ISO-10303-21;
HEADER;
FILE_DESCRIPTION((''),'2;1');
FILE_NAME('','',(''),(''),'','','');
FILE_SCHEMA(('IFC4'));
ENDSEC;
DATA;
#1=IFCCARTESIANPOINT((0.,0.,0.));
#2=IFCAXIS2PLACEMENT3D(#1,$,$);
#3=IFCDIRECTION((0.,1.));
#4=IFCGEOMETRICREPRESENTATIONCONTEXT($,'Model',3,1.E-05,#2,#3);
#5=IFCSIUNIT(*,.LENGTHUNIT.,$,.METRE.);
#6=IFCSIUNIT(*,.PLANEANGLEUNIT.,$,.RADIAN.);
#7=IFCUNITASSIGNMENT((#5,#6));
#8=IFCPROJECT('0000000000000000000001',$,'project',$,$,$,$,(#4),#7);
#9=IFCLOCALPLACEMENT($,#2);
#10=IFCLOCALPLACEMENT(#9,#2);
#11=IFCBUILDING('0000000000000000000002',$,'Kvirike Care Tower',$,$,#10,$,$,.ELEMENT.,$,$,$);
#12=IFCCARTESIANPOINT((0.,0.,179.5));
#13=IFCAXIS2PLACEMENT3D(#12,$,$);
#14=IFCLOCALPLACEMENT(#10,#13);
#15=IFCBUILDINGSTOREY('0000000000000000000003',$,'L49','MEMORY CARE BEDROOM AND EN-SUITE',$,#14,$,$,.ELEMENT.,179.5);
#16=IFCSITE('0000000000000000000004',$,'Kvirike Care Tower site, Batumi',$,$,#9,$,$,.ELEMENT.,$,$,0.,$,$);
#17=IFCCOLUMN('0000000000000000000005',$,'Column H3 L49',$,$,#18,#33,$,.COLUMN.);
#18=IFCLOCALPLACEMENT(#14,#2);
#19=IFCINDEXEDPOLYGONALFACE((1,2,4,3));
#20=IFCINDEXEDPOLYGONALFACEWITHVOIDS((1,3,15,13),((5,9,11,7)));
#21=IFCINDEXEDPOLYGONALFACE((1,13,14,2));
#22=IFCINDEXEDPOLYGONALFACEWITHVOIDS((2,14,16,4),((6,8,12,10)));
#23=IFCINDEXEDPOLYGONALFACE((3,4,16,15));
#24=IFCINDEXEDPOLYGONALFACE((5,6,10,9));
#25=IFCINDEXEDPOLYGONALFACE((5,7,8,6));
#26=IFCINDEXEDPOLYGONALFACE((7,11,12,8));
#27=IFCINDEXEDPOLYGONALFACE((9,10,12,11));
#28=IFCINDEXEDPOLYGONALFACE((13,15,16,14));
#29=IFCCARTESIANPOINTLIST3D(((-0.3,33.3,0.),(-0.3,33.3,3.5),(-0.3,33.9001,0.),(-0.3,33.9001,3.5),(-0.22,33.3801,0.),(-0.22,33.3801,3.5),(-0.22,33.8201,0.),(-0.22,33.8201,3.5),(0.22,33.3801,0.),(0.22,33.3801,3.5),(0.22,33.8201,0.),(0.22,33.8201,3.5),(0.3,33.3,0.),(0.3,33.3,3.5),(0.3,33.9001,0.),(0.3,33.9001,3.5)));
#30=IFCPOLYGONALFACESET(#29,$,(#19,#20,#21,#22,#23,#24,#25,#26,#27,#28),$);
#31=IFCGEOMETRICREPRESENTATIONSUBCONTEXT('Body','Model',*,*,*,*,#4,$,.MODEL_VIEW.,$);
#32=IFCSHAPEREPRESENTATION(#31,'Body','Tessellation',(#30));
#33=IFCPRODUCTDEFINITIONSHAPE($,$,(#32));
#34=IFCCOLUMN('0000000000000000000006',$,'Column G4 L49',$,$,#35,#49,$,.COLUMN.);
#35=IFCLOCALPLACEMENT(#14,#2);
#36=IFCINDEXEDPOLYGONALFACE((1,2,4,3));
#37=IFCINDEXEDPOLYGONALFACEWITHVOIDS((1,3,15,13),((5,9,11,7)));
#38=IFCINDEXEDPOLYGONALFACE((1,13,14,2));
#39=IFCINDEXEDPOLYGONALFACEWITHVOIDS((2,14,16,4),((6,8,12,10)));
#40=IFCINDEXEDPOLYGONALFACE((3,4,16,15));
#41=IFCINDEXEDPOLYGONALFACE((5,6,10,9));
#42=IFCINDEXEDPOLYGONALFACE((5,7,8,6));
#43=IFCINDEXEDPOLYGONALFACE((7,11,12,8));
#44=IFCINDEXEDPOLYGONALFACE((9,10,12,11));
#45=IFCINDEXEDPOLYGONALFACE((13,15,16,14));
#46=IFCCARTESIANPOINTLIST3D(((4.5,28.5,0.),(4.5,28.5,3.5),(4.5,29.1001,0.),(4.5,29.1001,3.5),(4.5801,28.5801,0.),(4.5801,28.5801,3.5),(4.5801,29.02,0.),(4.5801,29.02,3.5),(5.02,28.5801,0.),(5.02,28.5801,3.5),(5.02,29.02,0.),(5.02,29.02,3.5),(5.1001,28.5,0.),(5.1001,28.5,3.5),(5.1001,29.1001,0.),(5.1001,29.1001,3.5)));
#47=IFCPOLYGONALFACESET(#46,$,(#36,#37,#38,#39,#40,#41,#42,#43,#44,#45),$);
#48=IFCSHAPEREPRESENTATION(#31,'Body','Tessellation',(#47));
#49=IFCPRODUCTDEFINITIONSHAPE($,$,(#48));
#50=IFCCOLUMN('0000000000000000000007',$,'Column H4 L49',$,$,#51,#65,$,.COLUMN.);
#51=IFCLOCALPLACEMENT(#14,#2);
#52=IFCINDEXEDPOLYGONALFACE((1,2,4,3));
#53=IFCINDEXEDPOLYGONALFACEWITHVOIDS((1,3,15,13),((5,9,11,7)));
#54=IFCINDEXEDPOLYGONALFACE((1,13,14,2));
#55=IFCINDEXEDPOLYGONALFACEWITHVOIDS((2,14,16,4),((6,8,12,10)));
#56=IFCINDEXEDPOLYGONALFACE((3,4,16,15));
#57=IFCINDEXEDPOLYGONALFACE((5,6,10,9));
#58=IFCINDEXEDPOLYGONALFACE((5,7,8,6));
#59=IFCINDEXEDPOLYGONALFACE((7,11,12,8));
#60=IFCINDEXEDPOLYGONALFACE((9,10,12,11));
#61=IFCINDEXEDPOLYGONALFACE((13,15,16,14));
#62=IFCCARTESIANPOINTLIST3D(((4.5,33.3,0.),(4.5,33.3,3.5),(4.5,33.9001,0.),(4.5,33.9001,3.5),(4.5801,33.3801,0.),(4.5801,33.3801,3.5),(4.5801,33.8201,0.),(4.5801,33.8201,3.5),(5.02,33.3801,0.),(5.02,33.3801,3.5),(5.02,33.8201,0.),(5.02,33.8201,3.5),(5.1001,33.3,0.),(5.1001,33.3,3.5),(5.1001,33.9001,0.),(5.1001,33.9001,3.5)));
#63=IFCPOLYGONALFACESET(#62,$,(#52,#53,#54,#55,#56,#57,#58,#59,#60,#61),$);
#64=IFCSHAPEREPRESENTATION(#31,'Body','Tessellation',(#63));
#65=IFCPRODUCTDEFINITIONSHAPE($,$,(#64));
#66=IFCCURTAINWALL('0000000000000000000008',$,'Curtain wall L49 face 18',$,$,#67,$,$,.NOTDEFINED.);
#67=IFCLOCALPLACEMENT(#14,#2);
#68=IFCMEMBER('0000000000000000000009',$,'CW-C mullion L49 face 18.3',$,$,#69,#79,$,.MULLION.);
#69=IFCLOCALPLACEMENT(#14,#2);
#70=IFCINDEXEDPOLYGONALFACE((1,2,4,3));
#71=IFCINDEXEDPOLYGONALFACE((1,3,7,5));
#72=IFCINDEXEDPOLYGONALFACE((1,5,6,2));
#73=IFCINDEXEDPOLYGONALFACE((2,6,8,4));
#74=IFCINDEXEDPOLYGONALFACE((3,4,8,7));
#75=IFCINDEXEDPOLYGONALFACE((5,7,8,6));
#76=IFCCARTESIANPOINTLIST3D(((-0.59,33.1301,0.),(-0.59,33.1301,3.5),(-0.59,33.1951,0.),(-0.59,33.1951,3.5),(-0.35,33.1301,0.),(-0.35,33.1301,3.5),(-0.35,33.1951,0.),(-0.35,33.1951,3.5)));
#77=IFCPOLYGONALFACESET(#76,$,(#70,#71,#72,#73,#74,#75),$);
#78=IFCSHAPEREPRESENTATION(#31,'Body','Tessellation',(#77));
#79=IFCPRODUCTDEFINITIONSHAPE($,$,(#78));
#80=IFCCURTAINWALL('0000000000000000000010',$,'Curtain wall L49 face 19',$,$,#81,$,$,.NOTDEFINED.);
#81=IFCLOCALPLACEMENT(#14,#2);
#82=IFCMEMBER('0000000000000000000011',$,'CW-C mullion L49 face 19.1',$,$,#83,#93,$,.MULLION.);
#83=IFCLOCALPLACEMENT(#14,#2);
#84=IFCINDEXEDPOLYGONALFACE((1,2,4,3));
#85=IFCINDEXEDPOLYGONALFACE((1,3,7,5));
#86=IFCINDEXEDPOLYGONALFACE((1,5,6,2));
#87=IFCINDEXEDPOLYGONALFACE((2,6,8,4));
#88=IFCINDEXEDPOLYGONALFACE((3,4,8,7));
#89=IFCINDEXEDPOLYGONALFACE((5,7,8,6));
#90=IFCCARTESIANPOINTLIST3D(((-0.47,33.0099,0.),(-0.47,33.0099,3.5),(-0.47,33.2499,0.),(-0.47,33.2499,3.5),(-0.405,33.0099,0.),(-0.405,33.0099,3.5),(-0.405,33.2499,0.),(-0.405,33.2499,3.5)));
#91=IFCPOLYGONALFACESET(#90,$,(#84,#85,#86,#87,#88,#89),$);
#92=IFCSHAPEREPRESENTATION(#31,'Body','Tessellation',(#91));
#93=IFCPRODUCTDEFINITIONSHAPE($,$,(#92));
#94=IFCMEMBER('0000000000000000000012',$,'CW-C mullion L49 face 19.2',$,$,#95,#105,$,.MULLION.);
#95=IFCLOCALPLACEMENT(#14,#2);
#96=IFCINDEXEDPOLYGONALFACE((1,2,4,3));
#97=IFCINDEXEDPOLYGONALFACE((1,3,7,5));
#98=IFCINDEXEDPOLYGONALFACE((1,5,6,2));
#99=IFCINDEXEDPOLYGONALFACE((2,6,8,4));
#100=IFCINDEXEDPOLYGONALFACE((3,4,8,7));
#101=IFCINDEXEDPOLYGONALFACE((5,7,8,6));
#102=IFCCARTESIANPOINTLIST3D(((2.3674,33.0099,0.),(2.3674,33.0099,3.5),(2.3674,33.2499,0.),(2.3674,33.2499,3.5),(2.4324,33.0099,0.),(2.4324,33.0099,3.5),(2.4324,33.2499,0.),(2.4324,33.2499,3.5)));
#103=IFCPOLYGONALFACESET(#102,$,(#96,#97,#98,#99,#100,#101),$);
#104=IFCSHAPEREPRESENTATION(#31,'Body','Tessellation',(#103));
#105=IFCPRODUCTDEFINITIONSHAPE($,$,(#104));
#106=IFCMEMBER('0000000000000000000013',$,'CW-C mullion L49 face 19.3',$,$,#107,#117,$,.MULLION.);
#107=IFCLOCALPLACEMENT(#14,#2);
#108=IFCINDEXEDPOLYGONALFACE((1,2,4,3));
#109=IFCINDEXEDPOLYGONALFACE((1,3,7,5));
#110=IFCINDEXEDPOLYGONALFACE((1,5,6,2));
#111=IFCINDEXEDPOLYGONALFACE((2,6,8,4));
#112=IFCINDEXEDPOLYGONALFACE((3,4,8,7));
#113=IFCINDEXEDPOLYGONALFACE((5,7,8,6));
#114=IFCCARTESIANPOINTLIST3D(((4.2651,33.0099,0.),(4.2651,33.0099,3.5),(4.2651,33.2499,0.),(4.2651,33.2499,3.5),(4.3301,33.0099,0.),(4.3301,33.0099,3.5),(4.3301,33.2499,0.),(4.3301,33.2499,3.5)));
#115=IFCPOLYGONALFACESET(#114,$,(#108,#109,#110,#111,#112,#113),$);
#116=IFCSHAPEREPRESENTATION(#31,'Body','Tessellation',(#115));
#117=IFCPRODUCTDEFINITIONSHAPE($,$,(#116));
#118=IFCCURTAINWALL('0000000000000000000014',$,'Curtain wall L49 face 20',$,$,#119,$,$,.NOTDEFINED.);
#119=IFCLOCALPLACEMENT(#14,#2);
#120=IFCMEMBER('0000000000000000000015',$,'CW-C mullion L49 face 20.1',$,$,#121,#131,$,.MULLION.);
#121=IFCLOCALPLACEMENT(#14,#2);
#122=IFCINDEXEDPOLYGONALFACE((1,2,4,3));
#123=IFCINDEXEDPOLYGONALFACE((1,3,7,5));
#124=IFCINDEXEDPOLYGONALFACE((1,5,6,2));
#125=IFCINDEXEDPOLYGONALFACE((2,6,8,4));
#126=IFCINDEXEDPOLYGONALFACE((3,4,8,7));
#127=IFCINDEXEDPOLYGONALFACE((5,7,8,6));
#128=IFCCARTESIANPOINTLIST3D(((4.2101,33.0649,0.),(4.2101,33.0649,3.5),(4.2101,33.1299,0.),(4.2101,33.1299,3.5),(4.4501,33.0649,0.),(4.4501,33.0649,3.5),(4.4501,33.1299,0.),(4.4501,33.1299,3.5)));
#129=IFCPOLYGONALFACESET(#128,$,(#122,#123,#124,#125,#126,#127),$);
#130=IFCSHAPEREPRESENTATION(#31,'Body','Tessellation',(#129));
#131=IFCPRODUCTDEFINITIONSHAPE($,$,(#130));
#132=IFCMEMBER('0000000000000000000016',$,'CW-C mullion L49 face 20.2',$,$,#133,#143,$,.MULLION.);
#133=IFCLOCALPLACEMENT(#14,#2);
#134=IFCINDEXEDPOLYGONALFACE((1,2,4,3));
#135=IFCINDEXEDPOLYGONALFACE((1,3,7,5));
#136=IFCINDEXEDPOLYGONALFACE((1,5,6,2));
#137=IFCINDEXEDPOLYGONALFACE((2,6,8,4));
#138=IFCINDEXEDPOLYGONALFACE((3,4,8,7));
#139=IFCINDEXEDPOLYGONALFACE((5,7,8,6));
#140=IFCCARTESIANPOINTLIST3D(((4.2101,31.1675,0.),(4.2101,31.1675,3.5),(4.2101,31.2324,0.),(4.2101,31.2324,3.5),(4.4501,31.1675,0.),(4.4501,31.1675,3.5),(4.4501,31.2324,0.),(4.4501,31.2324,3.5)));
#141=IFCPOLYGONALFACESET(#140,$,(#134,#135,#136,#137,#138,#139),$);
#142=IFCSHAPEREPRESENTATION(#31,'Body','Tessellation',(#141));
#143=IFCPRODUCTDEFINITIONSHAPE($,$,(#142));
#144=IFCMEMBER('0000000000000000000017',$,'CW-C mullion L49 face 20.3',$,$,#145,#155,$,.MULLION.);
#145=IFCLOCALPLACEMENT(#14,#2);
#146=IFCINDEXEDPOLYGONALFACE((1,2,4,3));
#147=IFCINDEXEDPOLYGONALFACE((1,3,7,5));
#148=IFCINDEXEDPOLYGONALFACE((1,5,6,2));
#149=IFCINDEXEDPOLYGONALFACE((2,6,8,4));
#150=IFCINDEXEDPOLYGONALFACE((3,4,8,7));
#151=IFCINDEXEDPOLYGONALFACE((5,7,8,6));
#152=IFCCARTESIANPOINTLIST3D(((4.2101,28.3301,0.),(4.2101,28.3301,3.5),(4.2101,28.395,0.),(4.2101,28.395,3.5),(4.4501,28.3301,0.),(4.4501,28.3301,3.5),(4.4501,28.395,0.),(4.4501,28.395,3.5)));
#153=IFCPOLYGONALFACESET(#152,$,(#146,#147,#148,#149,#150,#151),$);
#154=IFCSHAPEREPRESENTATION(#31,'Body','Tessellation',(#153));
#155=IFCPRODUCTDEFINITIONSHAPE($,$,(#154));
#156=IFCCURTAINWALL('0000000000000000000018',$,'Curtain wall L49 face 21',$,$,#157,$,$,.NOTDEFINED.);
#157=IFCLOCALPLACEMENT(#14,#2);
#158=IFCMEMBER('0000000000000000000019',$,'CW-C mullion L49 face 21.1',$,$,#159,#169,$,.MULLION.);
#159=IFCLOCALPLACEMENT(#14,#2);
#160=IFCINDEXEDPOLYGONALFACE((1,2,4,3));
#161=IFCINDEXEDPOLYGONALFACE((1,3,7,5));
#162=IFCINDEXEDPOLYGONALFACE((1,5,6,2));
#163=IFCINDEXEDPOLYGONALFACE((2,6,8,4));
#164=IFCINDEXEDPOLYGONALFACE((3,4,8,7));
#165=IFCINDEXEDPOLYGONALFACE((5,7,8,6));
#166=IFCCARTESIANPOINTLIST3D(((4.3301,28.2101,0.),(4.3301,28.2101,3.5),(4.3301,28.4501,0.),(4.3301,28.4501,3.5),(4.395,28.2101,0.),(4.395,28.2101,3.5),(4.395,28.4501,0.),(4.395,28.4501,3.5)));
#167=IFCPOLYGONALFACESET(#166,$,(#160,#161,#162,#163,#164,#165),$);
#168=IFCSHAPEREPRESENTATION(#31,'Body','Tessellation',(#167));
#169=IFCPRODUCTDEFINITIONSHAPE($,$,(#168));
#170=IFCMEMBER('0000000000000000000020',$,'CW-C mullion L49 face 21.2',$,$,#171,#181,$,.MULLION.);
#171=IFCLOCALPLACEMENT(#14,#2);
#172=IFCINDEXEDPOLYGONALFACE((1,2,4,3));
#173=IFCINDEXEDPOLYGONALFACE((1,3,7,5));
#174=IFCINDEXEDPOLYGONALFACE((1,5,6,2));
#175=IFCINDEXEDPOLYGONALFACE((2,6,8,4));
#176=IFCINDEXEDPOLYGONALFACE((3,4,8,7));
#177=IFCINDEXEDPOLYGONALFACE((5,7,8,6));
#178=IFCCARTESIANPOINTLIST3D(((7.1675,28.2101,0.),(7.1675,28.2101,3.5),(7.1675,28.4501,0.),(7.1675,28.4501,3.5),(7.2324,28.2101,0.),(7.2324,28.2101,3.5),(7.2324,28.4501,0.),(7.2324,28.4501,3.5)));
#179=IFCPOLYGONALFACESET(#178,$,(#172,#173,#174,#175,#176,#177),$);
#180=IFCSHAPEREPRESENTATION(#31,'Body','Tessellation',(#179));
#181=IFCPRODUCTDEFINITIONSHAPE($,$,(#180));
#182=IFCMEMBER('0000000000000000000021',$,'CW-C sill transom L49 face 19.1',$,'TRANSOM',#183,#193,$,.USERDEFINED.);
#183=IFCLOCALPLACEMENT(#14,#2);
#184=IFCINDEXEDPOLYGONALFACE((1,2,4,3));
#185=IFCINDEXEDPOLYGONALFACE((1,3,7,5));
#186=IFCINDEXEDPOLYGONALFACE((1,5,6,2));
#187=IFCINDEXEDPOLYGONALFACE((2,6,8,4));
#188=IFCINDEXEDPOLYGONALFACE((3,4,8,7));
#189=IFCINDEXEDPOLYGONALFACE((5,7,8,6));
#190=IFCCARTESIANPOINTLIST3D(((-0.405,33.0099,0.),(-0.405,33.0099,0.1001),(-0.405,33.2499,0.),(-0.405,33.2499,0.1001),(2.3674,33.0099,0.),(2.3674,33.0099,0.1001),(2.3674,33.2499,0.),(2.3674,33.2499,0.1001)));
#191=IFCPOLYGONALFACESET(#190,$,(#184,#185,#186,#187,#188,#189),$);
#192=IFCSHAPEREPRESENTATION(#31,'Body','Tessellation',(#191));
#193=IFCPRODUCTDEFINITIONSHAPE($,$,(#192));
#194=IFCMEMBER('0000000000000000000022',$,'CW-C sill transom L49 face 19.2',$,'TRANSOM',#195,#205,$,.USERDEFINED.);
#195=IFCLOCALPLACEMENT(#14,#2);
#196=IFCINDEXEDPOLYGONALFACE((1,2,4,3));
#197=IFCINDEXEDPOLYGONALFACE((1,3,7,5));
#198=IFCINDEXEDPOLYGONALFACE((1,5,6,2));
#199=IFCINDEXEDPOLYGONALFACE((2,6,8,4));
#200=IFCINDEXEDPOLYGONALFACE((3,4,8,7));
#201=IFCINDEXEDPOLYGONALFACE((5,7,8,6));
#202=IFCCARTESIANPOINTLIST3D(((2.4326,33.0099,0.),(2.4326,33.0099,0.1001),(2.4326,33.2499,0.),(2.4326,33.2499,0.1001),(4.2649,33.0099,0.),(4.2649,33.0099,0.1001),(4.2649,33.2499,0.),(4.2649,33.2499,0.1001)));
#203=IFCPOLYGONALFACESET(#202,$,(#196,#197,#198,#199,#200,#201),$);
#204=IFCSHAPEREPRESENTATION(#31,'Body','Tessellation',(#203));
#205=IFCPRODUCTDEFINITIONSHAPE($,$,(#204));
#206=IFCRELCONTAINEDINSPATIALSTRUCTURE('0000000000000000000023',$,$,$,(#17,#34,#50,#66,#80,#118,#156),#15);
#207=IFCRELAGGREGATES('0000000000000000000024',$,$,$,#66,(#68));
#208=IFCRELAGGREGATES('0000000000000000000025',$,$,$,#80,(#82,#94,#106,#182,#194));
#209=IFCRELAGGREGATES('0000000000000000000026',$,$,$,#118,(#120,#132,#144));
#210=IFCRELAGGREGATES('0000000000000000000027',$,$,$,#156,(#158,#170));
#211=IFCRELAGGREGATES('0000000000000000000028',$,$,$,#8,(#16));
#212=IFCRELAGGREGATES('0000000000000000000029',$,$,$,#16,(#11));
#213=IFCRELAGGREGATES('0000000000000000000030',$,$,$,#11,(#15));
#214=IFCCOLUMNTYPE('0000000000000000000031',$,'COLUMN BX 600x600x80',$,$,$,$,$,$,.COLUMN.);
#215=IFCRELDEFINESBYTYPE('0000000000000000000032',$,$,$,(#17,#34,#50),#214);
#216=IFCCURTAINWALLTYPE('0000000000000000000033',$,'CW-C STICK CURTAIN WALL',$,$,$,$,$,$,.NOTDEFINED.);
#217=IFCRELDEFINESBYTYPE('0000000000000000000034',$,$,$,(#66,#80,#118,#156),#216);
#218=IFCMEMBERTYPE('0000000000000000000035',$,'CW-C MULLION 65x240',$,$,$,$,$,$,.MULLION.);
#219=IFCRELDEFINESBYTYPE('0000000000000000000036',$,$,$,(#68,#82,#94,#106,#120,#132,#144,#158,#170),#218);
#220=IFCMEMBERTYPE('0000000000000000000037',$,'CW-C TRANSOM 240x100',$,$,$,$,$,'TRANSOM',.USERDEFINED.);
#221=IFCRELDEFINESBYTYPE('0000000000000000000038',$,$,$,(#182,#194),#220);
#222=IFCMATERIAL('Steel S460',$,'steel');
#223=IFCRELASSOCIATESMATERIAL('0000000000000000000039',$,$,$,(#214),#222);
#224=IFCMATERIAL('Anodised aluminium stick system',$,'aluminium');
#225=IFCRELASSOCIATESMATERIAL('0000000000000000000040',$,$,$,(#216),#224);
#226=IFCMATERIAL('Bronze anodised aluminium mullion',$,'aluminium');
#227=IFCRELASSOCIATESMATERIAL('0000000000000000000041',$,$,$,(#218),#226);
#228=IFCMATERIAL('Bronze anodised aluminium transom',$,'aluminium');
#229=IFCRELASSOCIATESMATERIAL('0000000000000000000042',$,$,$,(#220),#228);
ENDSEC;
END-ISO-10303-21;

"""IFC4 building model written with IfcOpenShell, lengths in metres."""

from ifc_helpers import new_model, si_unit, direction, frame, origin, origin_2d, place, context, subcontext, project, spatial, rectangle, hollow_rectangle, extrude, material, material_profile, profile_set, type_object, element, aggregate, save


model = new_model("IFC4")

# Units and contexts
model_context = context("Model", 3, precision=1e-05, world=origin(), true_north=direction((0.0, 1.0)))
body_context = subcontext(model_context, "Body", "Model", "MODEL_VIEW")
ifc_project = project(units=[si_unit("LENGTHUNIT", "METRE"), si_unit("PLANEANGLEUNIT", "RADIAN")], contexts=[model_context])

# Site, building, storey
site_placement = place(None, origin())
site = spatial("IfcSite", under=ifc_project, at=site_placement, Name="Kvirike Care Tower site, Batumi", CompositionType="ELEMENT", RefElevation=0.0)
building_placement = place(site_placement, origin())
building = spatial("IfcBuilding", under=site, at=building_placement, Name="Kvirike Care Tower", CompositionType="ELEMENT")
storey_placement = place(building_placement, frame((0.0, 0.0, 179.5)))
storey = spatial("IfcBuildingStorey", under=building, at=storey_placement, Name="L49", Description="MEMORY CARE BEDROOM AND EN-SUITE", CompositionType="ELEMENT", Elevation=179.5)

# Columns
ifc_material_1 = material(Name="Steel S460", Category="steel")
ifc_material_profile_1 = material_profile(ifc_material_1, hollow_rectangle(XDim=0.6001, YDim=0.6001, WallThickness=0.0801, at=origin_2d()), Name="BX 600x600x80")
ifc_profile_set_1 = profile_set([ifc_material_profile_1], Name="Steel S460")
column_type = type_object("IfcColumnType", Name="COLUMN BX 600x600x80", PredefinedType="COLUMN", material=ifc_profile_set_1)
for number, where, z_axis, x_axis, name in (
    (1, (0.0, 33.6001, 0.0), (0.0, 0.0, 1.0), (0.0, 1.0, 0.0), "Column H3 L49"),
    (2, (4.8, 28.8, 0.0), (0.0, 0.0, 1.0), (0.0, 1.0, 0.0), "Column G4 L49"),
    (3, (4.8, 33.6001, 0.0), (0.0, 0.0, 1.0), (0.0, 1.0, 0.0), "Column H4 L49"),
):
    element("IfcColumn", number, at=place(storey_placement, frame(where, z_axis=z_axis, x_axis=x_axis)), inside=storey, type_object=column_type, Name=name, PredefinedType="COLUMN", context=body_context, shape_type="SweptSolid", body=[
        extrude(hollow_rectangle(XDim=0.6001, YDim=0.6001, WallThickness=0.0801, at=origin_2d()), origin(), (0.0, 0.0, 1.0), 3.5),
    ])

# Curtain wall, member
ifc_material_2 = material(Name="Anodised aluminium stick system", Category="aluminium")
curtain_wall_type = type_object("IfcCurtainWallType", Name="CW-C STICK CURTAIN WALL", PredefinedType="NOTDEFINED", material=ifc_material_2)
curtain_wall_1_placement = place(storey_placement, origin())
curtain_wall_1 = element("IfcCurtainWall", 4, at=curtain_wall_1_placement, inside=storey, type_object=curtain_wall_type, Name="Curtain wall L49 face 18", PredefinedType="NOTDEFINED")
ifc_material_3 = material(Name="Bronze anodised aluminium mullion", Category="aluminium")
ifc_material_profile_2 = material_profile(ifc_material_3, rectangle(XDim=0.0649, YDim=0.24, at=origin_2d()), Name="CW-C MULLION 65x240")
ifc_profile_set_2 = profile_set([ifc_material_profile_2], Name="Bronze anodised aluminium mullion")
member_type_1 = type_object("IfcMemberType", Name="CW-C MULLION 65x240", PredefinedType="MULLION", material=ifc_profile_set_2)
member_1_placement = place(storey_placement, frame((-0.47, 33.1626, 0.0), z_axis=(0.0, 0.0, 1.0), x_axis=(0.0, -1.0, 0.0)))
member_1 = element("IfcMember", 5, at=member_1_placement, type_object=member_type_1, Name="CW-C mullion L49 face 18.3", PredefinedType="MULLION", context=body_context, shape_type="SweptSolid", body=[
    extrude(rectangle(XDim=0.0649, YDim=0.24, at=origin_2d()), origin(), (0.0, 0.0, 1.0), 3.5),
])
aggregate(curtain_wall_1, [member_1])

# Curtain walls, members
curtain_wall_2_placement = place(storey_placement, origin())
curtain_wall_2 = element("IfcCurtainWall", 6, at=curtain_wall_2_placement, inside=storey, type_object=curtain_wall_type, Name="Curtain wall L49 face 19", PredefinedType="NOTDEFINED")
member_2_placement = place(storey_placement, frame((-0.4375, 33.1299, 0.0), z_axis=(0.0, 0.0, 1.0), x_axis=(1.0, 0.0, 0.0)))
member_2 = element("IfcMember", 7, at=member_2_placement, type_object=member_type_1, Name="CW-C mullion L49 face 19.1", PredefinedType="MULLION", context=body_context, shape_type="SweptSolid", body=[
    extrude(rectangle(XDim=0.0649, YDim=0.24, at=origin_2d()), origin(), (0.0, 0.0, 1.0), 3.5),
])
member_3_placement = place(storey_placement, frame((2.3999, 33.1299, 0.0), z_axis=(0.0, 0.0, 1.0), x_axis=(1.0, 0.0, 0.0)))
member_3 = element("IfcMember", 8, at=member_3_placement, type_object=member_type_1, Name="CW-C mullion L49 face 19.2", PredefinedType="MULLION", context=body_context, shape_type="SweptSolid", body=[
    extrude(rectangle(XDim=0.0649, YDim=0.24, at=origin_2d()), origin(), (0.0, 0.0, 1.0), 3.5),
])
member_4_placement = place(storey_placement, frame((4.2976, 33.1299, 0.0), z_axis=(0.0, 0.0, 1.0), x_axis=(1.0, 0.0, 0.0)))
member_4 = element("IfcMember", 9, at=member_4_placement, type_object=member_type_1, Name="CW-C mullion L49 face 19.3", PredefinedType="MULLION", context=body_context, shape_type="SweptSolid", body=[
    extrude(rectangle(XDim=0.0649, YDim=0.24, at=origin_2d()), origin(), (0.0, 0.0, 1.0), 3.5),
])
curtain_wall_3_placement = place(storey_placement, origin())
curtain_wall_3 = element("IfcCurtainWall", 10, at=curtain_wall_3_placement, inside=storey, type_object=curtain_wall_type, Name="Curtain wall L49 face 20", PredefinedType="NOTDEFINED")
member_5_placement = place(storey_placement, frame((4.3301, 33.0974, 0.0), z_axis=(0.0, 0.0, 1.0), x_axis=(0.0, -1.0, 0.0)))
member_5 = element("IfcMember", 11, at=member_5_placement, type_object=member_type_1, Name="CW-C mullion L49 face 20.1", PredefinedType="MULLION", context=body_context, shape_type="SweptSolid", body=[
    extrude(rectangle(XDim=0.0649, YDim=0.24, at=origin_2d()), origin(), (0.0, 0.0, 1.0), 3.5),
])
member_6_placement = place(storey_placement, frame((4.3301, 31.2, 0.0), z_axis=(0.0, 0.0, 1.0), x_axis=(0.0, -1.0, 0.0)))
member_6 = element("IfcMember", 12, at=member_6_placement, type_object=member_type_1, Name="CW-C mullion L49 face 20.2", PredefinedType="MULLION", context=body_context, shape_type="SweptSolid", body=[
    extrude(rectangle(XDim=0.0649, YDim=0.24, at=origin_2d()), origin(), (0.0, 0.0, 1.0), 3.5),
])
member_7_placement = place(storey_placement, frame((4.3301, 28.3625, 0.0), z_axis=(0.0, 0.0, 1.0), x_axis=(0.0, -1.0, 0.0)))
member_7 = element("IfcMember", 13, at=member_7_placement, type_object=member_type_1, Name="CW-C mullion L49 face 20.3", PredefinedType="MULLION", context=body_context, shape_type="SweptSolid", body=[
    extrude(rectangle(XDim=0.0649, YDim=0.24, at=origin_2d()), origin(), (0.0, 0.0, 1.0), 3.5),
])
curtain_wall_4_placement = place(storey_placement, origin())
curtain_wall_4 = element("IfcCurtainWall", 14, at=curtain_wall_4_placement, inside=storey, type_object=curtain_wall_type, Name="Curtain wall L49 face 21", PredefinedType="NOTDEFINED")
member_8_placement = place(storey_placement, frame((4.3625, 28.3301, 0.0), z_axis=(0.0, 0.0, 1.0), x_axis=(1.0, 0.0, 0.0)))
member_8 = element("IfcMember", 15, at=member_8_placement, type_object=member_type_1, Name="CW-C mullion L49 face 21.1", PredefinedType="MULLION", context=body_context, shape_type="SweptSolid", body=[
    extrude(rectangle(XDim=0.0649, YDim=0.24, at=origin_2d()), origin(), (0.0, 0.0, 1.0), 3.5),
])
member_9_placement = place(storey_placement, frame((7.2, 28.3301, 0.0), z_axis=(0.0, 0.0, 1.0), x_axis=(1.0, 0.0, 0.0)))
member_9 = element("IfcMember", 16, at=member_9_placement, type_object=member_type_1, Name="CW-C mullion L49 face 21.2", PredefinedType="MULLION", context=body_context, shape_type="SweptSolid", body=[
    extrude(rectangle(XDim=0.0649, YDim=0.24, at=origin_2d()), origin(), (0.0, 0.0, 1.0), 3.5),
])

# Members
ifc_material_4 = material(Name="Bronze anodised aluminium transom", Category="aluminium")
ifc_material_profile_3 = material_profile(ifc_material_4, rectangle(XDim=0.24, YDim=0.1001, at=origin_2d()), Name="CW-C TRANSOM 240x100")
ifc_profile_set_3 = profile_set([ifc_material_profile_3], Name="Bronze anodised aluminium transom")
member_type_2 = type_object("IfcMemberType", Name="CW-C TRANSOM 240x100", ElementType="TRANSOM", PredefinedType="USERDEFINED", material=ifc_profile_set_3)
member_10_placement = place(storey_placement, frame((-0.405, 33.1299, 0.05), z_axis=(1.0, 0.0, 0.0), x_axis=(0.0, 1.0, 0.0)))
member_10 = element("IfcMember", 17, at=member_10_placement, type_object=member_type_2, Name="CW-C sill transom L49 face 19.1", ObjectType="TRANSOM", PredefinedType="USERDEFINED", context=body_context, shape_type="SweptSolid", body=[
    extrude(rectangle(XDim=0.24, YDim=0.1001, at=origin_2d()), origin(), (0.0, 0.0, 1.0), 2.7725),
])
member_11_placement = place(storey_placement, frame((2.4326, 33.1299, 0.05), z_axis=(1.0, 0.0, 0.0), x_axis=(0.0, 1.0, 0.0)))
member_11 = element("IfcMember", 18, at=member_11_placement, type_object=member_type_2, Name="CW-C sill transom L49 face 19.2", ObjectType="TRANSOM", PredefinedType="USERDEFINED", context=body_context, shape_type="SweptSolid", body=[
    extrude(rectangle(XDim=0.24, YDim=0.1001, at=origin_2d()), origin(), (0.0, 0.0, 1.0), 1.8323),
])

aggregate(curtain_wall_2, [member_2, member_3, member_4, member_10, member_11])
aggregate(curtain_wall_3, [member_5, member_6, member_7])
aggregate(curtain_wall_4, [member_8, member_9])

save(model, "model.ifc")
